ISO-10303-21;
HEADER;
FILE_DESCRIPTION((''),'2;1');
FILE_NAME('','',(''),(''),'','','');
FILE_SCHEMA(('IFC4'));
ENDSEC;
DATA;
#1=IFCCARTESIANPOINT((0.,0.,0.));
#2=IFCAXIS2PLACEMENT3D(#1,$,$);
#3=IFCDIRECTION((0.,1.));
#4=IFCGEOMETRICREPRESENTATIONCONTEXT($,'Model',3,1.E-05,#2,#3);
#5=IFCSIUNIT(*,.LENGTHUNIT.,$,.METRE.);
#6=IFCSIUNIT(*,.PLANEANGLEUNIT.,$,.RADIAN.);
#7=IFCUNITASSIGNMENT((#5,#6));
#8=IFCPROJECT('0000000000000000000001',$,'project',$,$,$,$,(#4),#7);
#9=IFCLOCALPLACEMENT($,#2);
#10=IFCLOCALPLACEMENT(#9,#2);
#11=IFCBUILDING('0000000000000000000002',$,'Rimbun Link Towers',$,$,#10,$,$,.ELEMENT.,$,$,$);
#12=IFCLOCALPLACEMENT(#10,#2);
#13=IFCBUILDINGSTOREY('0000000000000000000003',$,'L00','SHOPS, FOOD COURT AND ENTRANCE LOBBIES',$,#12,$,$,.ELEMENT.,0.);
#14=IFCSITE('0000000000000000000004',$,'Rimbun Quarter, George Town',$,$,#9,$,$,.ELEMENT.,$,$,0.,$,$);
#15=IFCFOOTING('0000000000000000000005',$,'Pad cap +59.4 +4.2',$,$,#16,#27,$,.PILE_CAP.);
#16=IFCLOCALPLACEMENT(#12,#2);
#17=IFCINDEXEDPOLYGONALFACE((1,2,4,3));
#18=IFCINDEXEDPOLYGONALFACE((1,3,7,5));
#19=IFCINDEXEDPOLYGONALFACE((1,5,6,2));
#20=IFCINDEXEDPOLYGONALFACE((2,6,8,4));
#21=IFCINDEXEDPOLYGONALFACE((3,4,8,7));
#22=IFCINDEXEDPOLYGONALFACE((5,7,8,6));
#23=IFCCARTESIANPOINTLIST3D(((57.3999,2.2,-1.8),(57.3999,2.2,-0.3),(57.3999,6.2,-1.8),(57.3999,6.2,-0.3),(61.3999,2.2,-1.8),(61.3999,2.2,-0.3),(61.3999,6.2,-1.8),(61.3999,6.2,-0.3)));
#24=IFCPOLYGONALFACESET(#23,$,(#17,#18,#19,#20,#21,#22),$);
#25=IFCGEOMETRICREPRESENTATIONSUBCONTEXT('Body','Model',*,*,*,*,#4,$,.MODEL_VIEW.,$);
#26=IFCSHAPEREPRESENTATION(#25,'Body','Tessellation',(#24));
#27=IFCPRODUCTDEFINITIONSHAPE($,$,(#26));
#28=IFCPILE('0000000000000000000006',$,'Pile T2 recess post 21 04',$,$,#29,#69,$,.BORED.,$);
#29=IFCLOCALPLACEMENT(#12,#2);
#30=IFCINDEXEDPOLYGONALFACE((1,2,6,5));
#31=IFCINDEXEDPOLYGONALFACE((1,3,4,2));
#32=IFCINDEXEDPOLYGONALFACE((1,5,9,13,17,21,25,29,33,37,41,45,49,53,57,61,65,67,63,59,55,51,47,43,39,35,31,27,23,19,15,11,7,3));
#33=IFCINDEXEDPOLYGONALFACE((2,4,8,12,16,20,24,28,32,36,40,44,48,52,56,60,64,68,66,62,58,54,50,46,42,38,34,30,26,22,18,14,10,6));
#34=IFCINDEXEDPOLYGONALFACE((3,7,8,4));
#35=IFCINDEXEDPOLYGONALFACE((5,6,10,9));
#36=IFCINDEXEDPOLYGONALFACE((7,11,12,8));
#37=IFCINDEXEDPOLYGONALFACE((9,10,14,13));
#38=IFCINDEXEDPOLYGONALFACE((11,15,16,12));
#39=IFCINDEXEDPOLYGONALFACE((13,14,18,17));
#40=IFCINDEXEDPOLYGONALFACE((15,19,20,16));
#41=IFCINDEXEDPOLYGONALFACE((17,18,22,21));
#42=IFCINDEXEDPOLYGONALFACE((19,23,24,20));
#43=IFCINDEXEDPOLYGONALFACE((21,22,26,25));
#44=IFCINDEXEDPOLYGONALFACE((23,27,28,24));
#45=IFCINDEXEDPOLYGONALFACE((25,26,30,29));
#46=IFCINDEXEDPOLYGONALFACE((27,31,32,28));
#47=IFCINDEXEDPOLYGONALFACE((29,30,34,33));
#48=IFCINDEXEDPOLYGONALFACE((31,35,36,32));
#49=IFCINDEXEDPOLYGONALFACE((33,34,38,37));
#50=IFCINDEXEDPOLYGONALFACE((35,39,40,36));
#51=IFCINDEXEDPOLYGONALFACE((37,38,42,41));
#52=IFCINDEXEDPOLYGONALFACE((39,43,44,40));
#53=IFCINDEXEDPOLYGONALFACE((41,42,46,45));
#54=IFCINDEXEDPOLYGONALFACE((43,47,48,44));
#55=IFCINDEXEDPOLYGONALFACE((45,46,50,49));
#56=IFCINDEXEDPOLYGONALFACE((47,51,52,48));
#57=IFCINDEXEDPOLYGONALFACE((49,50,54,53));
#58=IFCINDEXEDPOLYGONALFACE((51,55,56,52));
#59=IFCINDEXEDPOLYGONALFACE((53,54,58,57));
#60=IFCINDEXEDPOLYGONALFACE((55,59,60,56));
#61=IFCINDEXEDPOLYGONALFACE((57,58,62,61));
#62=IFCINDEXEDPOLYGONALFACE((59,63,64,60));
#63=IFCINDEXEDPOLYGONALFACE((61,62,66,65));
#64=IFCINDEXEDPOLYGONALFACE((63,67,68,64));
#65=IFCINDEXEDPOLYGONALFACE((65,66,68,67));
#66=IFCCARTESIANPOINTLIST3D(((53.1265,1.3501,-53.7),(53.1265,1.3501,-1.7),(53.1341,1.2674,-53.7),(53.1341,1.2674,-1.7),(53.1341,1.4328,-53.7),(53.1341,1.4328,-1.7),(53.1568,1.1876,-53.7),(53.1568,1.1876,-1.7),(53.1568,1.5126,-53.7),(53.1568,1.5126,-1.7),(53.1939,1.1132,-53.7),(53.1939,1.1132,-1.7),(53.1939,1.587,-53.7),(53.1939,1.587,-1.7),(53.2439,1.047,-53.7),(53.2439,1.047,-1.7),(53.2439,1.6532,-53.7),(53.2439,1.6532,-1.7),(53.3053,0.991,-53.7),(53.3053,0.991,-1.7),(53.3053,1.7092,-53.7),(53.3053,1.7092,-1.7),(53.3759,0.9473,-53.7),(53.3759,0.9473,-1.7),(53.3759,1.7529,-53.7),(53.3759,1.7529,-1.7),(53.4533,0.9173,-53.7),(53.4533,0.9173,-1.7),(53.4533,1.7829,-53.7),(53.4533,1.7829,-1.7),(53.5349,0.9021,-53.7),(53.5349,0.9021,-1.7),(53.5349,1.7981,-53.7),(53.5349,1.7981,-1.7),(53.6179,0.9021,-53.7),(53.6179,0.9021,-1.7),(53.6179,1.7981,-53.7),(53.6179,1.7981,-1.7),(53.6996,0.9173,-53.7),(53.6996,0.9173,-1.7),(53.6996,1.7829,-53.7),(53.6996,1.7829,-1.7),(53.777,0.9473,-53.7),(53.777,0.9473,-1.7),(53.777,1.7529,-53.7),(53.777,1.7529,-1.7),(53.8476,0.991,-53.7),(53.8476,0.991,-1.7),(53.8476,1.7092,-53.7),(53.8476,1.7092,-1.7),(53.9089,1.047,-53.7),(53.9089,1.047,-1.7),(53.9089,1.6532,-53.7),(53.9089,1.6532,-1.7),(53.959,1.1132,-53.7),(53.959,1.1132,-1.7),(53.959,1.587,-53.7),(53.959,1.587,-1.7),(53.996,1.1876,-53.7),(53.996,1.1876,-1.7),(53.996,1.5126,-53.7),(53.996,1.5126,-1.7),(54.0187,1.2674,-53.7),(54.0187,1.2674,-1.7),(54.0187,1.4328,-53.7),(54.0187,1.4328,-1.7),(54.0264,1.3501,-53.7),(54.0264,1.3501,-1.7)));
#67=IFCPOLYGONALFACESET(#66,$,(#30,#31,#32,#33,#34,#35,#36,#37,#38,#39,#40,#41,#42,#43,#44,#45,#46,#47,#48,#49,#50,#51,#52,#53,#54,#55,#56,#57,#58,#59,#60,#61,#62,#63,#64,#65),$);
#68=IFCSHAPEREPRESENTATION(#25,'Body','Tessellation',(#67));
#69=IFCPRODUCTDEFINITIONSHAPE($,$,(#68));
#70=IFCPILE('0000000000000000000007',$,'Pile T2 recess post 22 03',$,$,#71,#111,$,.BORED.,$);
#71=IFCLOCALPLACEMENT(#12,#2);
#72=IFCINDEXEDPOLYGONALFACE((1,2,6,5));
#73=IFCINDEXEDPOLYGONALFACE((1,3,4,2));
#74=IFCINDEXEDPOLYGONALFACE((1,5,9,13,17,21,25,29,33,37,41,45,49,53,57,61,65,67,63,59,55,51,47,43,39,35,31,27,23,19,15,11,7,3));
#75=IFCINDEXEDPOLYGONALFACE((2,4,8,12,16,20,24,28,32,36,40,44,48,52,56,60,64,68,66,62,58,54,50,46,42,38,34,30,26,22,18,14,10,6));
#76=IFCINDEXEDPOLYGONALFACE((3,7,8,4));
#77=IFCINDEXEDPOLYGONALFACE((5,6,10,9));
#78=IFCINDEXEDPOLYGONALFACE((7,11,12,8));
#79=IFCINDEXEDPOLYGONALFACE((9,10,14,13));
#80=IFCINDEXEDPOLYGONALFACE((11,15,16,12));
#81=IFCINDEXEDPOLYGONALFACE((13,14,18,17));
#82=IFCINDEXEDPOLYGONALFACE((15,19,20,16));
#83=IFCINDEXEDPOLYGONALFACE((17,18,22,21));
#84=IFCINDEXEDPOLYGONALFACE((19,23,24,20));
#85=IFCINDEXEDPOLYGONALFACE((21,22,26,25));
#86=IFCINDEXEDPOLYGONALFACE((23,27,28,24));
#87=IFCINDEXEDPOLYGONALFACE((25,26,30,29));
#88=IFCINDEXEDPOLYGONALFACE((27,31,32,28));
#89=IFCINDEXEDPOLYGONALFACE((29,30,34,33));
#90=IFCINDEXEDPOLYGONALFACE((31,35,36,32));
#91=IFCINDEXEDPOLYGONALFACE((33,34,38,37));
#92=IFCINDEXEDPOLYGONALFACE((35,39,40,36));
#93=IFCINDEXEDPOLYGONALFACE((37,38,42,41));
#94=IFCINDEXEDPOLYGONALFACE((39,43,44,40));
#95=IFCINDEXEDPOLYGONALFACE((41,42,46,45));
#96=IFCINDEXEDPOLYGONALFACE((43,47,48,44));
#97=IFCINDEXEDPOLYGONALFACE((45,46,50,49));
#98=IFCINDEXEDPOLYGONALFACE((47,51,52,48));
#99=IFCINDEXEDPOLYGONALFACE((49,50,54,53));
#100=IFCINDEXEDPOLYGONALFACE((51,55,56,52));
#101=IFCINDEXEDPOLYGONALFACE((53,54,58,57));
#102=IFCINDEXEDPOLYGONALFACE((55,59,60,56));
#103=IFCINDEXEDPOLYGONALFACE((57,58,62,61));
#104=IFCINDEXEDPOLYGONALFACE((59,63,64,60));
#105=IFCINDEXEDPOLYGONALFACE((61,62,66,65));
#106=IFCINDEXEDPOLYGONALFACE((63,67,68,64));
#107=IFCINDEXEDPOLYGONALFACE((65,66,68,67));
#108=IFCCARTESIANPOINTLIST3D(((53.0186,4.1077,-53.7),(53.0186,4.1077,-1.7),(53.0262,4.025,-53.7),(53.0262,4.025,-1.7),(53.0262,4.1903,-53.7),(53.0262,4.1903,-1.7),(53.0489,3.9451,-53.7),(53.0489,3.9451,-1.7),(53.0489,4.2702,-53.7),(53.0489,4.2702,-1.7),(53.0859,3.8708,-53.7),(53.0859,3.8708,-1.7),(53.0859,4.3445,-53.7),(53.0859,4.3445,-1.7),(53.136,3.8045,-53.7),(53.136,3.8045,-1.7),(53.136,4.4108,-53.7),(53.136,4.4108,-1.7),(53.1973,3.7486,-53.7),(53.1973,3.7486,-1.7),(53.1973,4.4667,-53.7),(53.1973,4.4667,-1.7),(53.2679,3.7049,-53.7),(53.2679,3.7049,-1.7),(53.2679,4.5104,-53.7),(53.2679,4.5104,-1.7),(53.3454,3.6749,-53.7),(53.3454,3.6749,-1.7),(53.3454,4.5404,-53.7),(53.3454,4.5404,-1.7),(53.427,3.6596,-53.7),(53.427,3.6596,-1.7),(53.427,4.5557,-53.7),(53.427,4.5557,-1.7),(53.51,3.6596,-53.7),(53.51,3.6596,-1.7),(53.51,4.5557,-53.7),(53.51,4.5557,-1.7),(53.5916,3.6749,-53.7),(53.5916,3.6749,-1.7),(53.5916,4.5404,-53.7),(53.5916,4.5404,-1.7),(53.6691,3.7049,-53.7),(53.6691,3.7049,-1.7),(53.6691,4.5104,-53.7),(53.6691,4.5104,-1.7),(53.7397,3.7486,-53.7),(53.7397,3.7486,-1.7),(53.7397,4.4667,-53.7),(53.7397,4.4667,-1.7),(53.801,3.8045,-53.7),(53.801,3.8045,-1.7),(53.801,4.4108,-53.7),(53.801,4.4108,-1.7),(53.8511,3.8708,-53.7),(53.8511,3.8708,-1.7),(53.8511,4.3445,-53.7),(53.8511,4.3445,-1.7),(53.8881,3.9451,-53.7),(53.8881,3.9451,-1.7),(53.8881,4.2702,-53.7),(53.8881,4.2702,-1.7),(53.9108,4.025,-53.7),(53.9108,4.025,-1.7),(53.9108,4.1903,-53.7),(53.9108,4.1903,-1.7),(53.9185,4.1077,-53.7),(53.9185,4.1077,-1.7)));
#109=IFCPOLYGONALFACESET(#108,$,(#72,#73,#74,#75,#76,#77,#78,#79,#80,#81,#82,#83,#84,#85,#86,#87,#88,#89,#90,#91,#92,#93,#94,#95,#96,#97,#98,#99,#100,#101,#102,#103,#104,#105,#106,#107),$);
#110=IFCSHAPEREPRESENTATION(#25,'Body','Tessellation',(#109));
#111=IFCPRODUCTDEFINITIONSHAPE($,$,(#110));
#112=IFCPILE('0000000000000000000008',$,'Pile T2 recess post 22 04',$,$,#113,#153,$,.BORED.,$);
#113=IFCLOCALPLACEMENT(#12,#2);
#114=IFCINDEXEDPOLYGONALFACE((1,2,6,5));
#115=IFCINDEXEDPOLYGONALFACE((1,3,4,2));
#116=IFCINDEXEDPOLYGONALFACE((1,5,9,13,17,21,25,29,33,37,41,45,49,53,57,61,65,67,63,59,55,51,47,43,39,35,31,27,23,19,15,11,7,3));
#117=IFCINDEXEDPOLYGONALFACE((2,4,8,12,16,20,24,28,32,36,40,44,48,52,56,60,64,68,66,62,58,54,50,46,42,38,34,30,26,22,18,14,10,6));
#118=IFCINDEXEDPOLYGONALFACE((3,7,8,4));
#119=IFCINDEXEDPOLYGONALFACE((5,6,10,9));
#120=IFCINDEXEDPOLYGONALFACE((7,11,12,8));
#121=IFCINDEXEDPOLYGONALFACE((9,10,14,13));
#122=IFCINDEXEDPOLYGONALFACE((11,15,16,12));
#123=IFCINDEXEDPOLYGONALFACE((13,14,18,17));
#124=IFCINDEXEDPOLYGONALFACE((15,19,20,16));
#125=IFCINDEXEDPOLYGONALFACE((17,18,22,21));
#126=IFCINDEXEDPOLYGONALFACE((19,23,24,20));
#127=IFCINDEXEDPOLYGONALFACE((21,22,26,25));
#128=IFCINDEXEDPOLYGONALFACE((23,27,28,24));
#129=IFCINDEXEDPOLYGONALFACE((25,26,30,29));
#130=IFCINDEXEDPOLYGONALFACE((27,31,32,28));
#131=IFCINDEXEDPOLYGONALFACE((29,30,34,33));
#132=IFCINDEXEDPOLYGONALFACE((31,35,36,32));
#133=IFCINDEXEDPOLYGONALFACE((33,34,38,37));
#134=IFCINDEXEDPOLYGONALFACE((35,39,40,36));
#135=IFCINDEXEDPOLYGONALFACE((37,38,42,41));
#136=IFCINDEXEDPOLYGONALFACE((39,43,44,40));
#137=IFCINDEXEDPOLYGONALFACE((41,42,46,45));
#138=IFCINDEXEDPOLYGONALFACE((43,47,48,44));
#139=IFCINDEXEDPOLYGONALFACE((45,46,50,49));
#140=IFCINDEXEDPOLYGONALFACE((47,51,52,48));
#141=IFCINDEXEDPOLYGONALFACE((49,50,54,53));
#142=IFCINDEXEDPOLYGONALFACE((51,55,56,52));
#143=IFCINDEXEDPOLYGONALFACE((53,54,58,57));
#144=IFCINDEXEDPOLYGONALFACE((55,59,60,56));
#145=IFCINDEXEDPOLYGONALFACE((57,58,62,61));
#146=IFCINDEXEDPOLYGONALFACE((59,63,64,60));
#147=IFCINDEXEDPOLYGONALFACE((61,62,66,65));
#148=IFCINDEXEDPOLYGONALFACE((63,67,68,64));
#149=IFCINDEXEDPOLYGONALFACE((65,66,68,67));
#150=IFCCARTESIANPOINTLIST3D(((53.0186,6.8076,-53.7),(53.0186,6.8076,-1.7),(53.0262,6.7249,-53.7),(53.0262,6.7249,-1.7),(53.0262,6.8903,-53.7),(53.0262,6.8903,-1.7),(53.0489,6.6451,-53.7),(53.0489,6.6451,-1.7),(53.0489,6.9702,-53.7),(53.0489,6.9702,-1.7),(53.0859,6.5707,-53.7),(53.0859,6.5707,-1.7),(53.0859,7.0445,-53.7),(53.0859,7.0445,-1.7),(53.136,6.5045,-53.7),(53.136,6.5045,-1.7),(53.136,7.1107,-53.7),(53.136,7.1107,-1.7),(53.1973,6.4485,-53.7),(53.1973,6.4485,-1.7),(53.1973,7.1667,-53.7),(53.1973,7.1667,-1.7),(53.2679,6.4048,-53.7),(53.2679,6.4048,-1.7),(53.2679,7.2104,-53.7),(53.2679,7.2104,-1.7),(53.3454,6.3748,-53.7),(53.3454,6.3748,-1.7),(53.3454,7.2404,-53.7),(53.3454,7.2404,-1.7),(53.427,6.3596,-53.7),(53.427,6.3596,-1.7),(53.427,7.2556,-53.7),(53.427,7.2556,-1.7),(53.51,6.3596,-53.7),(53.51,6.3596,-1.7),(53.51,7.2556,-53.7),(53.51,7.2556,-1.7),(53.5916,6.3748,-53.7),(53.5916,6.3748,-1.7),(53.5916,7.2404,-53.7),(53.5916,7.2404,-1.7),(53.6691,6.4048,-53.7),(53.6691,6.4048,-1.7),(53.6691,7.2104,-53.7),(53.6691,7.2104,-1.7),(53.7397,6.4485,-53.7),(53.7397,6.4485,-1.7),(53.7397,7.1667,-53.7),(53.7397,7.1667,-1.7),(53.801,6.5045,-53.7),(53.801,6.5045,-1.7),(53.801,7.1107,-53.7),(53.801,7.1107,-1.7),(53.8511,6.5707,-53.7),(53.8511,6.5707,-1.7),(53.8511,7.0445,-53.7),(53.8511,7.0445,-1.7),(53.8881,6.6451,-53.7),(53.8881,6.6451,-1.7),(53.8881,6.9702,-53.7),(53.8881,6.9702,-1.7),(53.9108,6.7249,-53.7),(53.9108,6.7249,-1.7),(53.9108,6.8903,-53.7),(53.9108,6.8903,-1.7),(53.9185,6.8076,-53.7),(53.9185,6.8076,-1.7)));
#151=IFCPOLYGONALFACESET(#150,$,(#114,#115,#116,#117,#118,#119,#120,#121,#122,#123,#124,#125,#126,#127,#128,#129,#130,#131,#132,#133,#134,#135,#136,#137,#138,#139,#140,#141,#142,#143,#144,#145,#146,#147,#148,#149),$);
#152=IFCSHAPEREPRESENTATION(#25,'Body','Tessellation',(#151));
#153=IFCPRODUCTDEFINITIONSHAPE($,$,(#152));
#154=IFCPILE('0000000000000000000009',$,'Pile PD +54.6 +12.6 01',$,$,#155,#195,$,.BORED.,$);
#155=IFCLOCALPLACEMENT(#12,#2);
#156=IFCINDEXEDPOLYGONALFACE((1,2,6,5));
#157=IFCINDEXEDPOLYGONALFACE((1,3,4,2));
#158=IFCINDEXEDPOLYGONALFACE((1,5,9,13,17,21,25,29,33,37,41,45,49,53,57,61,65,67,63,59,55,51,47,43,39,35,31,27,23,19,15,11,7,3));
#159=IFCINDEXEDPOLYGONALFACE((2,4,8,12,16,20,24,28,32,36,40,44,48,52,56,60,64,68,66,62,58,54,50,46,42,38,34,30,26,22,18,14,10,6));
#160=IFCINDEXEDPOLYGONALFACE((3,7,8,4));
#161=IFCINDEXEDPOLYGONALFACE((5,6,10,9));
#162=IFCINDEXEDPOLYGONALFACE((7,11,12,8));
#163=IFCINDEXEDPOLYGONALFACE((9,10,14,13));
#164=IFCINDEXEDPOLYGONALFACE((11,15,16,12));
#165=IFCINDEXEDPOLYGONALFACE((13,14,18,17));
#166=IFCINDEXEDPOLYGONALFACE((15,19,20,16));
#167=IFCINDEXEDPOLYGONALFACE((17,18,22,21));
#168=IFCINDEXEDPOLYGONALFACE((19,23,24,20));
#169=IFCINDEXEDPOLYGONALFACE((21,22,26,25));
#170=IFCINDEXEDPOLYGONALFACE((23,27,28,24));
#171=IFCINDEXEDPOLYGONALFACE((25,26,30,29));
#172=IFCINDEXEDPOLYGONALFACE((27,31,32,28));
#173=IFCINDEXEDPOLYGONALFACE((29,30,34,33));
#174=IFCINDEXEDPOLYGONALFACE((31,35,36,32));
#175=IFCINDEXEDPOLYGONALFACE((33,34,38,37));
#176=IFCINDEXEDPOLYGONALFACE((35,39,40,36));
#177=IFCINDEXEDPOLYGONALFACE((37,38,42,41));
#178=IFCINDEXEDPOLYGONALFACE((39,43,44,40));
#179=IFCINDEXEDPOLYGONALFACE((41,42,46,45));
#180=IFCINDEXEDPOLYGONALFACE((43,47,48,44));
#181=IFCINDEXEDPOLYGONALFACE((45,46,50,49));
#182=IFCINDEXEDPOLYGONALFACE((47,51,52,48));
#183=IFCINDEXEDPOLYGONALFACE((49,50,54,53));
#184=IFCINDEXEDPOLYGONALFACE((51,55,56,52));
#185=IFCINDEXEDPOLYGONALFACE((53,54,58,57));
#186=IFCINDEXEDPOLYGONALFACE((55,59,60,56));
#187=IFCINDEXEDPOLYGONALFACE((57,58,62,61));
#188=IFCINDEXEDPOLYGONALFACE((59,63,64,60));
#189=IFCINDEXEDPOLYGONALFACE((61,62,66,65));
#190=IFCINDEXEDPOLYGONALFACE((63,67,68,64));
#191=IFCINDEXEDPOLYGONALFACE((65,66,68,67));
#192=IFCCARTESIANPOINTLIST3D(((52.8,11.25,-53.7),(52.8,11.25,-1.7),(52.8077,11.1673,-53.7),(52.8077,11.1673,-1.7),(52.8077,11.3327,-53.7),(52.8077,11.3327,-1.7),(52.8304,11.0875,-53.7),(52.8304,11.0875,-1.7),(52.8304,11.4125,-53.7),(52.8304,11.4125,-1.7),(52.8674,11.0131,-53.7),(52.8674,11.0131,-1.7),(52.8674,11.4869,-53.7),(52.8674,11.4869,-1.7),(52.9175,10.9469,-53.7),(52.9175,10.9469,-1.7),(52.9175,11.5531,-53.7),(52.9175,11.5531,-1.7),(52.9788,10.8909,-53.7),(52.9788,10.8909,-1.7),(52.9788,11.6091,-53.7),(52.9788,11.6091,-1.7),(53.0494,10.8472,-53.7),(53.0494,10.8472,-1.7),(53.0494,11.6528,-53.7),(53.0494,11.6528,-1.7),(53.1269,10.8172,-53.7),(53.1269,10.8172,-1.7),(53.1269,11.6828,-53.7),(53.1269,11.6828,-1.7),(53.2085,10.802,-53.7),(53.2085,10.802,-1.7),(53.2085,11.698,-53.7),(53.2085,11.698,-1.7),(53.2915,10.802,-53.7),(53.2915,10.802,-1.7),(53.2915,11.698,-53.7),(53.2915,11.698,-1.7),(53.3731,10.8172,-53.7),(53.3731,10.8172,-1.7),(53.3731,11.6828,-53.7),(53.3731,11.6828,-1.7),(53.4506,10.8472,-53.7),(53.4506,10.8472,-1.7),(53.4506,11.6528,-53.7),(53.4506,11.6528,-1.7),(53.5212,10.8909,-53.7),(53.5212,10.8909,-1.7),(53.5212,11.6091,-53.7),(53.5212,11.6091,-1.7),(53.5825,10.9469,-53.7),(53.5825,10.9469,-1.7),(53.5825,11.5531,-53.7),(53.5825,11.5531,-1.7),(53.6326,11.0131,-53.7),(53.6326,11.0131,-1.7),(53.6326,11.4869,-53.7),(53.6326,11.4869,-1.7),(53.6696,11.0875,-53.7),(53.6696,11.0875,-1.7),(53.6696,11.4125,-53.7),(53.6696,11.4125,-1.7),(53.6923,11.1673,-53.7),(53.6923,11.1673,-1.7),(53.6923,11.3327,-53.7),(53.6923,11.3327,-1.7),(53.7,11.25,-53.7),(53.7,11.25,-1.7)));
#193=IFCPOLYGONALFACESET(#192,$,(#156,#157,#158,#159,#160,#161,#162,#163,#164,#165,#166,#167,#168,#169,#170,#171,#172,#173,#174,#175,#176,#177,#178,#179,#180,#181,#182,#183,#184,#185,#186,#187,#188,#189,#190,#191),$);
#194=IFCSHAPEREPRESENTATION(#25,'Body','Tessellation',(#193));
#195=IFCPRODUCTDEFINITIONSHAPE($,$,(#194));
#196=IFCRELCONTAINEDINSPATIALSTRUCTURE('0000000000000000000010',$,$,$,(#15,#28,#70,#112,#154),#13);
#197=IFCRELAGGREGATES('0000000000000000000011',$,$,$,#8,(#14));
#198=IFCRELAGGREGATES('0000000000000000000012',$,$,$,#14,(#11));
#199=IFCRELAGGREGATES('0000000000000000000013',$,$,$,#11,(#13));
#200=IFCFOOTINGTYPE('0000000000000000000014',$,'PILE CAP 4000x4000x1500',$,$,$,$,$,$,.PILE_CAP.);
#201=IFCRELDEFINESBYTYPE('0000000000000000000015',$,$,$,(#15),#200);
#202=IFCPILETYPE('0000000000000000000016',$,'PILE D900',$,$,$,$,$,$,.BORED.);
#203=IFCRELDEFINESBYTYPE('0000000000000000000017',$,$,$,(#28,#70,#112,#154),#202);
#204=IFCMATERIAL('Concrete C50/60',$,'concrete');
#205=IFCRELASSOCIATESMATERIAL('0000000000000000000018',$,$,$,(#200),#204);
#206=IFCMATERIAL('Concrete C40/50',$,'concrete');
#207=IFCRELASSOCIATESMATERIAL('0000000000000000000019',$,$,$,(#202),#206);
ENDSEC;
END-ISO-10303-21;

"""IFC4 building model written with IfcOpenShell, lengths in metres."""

from ifc_helpers import new_model, si_unit, direction, frame, origin, origin_2d, place, context, subcontext, project, spatial, rectangle, circle, extrude, material, material_profile, profile_set, type_object, element, save


model = new_model("IFC4")

# Units and contexts
model_context = context("Model", 3, precision=1e-05, world=origin(), true_north=direction((0.0, 1.0)))
body_context = subcontext(model_context, "Body", "Model", "MODEL_VIEW")
ifc_project = project(units=[si_unit("LENGTHUNIT", "METRE"), si_unit("PLANEANGLEUNIT", "RADIAN")], contexts=[model_context])

# Site, building, storey
site_placement = place(None, origin())
site = spatial("IfcSite", under=ifc_project, at=site_placement, Name="Rimbun Quarter, George Town", CompositionType="ELEMENT", RefElevation=0.0)
building_placement = place(site_placement, origin())
building = spatial("IfcBuilding", under=site, at=building_placement, Name="Rimbun Link Towers", CompositionType="ELEMENT")
storey_placement = place(building_placement, origin())
storey = spatial("IfcBuildingStorey", under=building, at=storey_placement, Name="L00", Description="SHOPS, FOOD COURT AND ENTRANCE LOBBIES", CompositionType="ELEMENT", Elevation=0.0)

# Footing
ifc_material_1 = material(Name="Concrete C50/60", Category="concrete")
footing_type = type_object("IfcFootingType", Name="PILE CAP 4000x4000x1500", PredefinedType="PILE_CAP", material=ifc_material_1)
footing_placement = place(storey_placement, frame((59.3999, 4.2, -1.8), z_axis=(0.0, 0.0, 1.0), x_axis=(1.0, 0.0, 0.0)))
element("IfcFooting", 1, at=footing_placement, inside=storey, type_object=footing_type, Name="Pad cap +59.4 +4.2", PredefinedType="PILE_CAP", context=body_context, shape_type="SweptSolid", body=[
    extrude(rectangle(XDim=4.0, YDim=4.0, at=origin_2d()), origin(), (0.0, 0.0, 1.0), 1.5),
])

# Piles
ifc_material_2 = material(Name="Concrete C40/50", Category="concrete")
ifc_material_profile_1 = material_profile(ifc_material_2, circle(Radius=0.45, at=origin_2d()), Name="PILE D900")
ifc_profile_set_1 = profile_set([ifc_material_profile_1], Name="Concrete C40/50")
pile_type = type_object("IfcPileType", Name="PILE D900", PredefinedType="BORED", material=ifc_profile_set_1)
for number, where, z_axis, x_axis, name in (
    (2, (53.5764, 1.3501, -1.7), (0.0, 0.0, -1.0), (1.0, 0.0, 0.0), "Pile T2 recess post 21 04"),
    (3, (53.4685, 4.1077, -1.7), (0.0, 0.0, -1.0), (1.0, 0.0, 0.0), "Pile T2 recess post 22 03"),
    (4, (53.4685, 6.8076, -1.7), (0.0, 0.0, -1.0), (1.0, 0.0, 0.0), "Pile T2 recess post 22 04"),
    (5, (53.25, 11.25, -1.7), (0.0, 0.0, -1.0), (1.0, 0.0, 0.0), "Pile PD +54.6 +12.6 01"),
):
    element("IfcPile", number, at=place(storey_placement, frame(where, z_axis=z_axis, x_axis=x_axis)), inside=storey, type_object=pile_type, Name=name, PredefinedType="BORED", context=body_context, shape_type="SweptSolid", body=[
        extrude(circle(Radius=0.45, at=origin_2d()), origin(), (0.0, 0.0, 1.0), 52.0),
    ])

save(model, "model.ifc")
